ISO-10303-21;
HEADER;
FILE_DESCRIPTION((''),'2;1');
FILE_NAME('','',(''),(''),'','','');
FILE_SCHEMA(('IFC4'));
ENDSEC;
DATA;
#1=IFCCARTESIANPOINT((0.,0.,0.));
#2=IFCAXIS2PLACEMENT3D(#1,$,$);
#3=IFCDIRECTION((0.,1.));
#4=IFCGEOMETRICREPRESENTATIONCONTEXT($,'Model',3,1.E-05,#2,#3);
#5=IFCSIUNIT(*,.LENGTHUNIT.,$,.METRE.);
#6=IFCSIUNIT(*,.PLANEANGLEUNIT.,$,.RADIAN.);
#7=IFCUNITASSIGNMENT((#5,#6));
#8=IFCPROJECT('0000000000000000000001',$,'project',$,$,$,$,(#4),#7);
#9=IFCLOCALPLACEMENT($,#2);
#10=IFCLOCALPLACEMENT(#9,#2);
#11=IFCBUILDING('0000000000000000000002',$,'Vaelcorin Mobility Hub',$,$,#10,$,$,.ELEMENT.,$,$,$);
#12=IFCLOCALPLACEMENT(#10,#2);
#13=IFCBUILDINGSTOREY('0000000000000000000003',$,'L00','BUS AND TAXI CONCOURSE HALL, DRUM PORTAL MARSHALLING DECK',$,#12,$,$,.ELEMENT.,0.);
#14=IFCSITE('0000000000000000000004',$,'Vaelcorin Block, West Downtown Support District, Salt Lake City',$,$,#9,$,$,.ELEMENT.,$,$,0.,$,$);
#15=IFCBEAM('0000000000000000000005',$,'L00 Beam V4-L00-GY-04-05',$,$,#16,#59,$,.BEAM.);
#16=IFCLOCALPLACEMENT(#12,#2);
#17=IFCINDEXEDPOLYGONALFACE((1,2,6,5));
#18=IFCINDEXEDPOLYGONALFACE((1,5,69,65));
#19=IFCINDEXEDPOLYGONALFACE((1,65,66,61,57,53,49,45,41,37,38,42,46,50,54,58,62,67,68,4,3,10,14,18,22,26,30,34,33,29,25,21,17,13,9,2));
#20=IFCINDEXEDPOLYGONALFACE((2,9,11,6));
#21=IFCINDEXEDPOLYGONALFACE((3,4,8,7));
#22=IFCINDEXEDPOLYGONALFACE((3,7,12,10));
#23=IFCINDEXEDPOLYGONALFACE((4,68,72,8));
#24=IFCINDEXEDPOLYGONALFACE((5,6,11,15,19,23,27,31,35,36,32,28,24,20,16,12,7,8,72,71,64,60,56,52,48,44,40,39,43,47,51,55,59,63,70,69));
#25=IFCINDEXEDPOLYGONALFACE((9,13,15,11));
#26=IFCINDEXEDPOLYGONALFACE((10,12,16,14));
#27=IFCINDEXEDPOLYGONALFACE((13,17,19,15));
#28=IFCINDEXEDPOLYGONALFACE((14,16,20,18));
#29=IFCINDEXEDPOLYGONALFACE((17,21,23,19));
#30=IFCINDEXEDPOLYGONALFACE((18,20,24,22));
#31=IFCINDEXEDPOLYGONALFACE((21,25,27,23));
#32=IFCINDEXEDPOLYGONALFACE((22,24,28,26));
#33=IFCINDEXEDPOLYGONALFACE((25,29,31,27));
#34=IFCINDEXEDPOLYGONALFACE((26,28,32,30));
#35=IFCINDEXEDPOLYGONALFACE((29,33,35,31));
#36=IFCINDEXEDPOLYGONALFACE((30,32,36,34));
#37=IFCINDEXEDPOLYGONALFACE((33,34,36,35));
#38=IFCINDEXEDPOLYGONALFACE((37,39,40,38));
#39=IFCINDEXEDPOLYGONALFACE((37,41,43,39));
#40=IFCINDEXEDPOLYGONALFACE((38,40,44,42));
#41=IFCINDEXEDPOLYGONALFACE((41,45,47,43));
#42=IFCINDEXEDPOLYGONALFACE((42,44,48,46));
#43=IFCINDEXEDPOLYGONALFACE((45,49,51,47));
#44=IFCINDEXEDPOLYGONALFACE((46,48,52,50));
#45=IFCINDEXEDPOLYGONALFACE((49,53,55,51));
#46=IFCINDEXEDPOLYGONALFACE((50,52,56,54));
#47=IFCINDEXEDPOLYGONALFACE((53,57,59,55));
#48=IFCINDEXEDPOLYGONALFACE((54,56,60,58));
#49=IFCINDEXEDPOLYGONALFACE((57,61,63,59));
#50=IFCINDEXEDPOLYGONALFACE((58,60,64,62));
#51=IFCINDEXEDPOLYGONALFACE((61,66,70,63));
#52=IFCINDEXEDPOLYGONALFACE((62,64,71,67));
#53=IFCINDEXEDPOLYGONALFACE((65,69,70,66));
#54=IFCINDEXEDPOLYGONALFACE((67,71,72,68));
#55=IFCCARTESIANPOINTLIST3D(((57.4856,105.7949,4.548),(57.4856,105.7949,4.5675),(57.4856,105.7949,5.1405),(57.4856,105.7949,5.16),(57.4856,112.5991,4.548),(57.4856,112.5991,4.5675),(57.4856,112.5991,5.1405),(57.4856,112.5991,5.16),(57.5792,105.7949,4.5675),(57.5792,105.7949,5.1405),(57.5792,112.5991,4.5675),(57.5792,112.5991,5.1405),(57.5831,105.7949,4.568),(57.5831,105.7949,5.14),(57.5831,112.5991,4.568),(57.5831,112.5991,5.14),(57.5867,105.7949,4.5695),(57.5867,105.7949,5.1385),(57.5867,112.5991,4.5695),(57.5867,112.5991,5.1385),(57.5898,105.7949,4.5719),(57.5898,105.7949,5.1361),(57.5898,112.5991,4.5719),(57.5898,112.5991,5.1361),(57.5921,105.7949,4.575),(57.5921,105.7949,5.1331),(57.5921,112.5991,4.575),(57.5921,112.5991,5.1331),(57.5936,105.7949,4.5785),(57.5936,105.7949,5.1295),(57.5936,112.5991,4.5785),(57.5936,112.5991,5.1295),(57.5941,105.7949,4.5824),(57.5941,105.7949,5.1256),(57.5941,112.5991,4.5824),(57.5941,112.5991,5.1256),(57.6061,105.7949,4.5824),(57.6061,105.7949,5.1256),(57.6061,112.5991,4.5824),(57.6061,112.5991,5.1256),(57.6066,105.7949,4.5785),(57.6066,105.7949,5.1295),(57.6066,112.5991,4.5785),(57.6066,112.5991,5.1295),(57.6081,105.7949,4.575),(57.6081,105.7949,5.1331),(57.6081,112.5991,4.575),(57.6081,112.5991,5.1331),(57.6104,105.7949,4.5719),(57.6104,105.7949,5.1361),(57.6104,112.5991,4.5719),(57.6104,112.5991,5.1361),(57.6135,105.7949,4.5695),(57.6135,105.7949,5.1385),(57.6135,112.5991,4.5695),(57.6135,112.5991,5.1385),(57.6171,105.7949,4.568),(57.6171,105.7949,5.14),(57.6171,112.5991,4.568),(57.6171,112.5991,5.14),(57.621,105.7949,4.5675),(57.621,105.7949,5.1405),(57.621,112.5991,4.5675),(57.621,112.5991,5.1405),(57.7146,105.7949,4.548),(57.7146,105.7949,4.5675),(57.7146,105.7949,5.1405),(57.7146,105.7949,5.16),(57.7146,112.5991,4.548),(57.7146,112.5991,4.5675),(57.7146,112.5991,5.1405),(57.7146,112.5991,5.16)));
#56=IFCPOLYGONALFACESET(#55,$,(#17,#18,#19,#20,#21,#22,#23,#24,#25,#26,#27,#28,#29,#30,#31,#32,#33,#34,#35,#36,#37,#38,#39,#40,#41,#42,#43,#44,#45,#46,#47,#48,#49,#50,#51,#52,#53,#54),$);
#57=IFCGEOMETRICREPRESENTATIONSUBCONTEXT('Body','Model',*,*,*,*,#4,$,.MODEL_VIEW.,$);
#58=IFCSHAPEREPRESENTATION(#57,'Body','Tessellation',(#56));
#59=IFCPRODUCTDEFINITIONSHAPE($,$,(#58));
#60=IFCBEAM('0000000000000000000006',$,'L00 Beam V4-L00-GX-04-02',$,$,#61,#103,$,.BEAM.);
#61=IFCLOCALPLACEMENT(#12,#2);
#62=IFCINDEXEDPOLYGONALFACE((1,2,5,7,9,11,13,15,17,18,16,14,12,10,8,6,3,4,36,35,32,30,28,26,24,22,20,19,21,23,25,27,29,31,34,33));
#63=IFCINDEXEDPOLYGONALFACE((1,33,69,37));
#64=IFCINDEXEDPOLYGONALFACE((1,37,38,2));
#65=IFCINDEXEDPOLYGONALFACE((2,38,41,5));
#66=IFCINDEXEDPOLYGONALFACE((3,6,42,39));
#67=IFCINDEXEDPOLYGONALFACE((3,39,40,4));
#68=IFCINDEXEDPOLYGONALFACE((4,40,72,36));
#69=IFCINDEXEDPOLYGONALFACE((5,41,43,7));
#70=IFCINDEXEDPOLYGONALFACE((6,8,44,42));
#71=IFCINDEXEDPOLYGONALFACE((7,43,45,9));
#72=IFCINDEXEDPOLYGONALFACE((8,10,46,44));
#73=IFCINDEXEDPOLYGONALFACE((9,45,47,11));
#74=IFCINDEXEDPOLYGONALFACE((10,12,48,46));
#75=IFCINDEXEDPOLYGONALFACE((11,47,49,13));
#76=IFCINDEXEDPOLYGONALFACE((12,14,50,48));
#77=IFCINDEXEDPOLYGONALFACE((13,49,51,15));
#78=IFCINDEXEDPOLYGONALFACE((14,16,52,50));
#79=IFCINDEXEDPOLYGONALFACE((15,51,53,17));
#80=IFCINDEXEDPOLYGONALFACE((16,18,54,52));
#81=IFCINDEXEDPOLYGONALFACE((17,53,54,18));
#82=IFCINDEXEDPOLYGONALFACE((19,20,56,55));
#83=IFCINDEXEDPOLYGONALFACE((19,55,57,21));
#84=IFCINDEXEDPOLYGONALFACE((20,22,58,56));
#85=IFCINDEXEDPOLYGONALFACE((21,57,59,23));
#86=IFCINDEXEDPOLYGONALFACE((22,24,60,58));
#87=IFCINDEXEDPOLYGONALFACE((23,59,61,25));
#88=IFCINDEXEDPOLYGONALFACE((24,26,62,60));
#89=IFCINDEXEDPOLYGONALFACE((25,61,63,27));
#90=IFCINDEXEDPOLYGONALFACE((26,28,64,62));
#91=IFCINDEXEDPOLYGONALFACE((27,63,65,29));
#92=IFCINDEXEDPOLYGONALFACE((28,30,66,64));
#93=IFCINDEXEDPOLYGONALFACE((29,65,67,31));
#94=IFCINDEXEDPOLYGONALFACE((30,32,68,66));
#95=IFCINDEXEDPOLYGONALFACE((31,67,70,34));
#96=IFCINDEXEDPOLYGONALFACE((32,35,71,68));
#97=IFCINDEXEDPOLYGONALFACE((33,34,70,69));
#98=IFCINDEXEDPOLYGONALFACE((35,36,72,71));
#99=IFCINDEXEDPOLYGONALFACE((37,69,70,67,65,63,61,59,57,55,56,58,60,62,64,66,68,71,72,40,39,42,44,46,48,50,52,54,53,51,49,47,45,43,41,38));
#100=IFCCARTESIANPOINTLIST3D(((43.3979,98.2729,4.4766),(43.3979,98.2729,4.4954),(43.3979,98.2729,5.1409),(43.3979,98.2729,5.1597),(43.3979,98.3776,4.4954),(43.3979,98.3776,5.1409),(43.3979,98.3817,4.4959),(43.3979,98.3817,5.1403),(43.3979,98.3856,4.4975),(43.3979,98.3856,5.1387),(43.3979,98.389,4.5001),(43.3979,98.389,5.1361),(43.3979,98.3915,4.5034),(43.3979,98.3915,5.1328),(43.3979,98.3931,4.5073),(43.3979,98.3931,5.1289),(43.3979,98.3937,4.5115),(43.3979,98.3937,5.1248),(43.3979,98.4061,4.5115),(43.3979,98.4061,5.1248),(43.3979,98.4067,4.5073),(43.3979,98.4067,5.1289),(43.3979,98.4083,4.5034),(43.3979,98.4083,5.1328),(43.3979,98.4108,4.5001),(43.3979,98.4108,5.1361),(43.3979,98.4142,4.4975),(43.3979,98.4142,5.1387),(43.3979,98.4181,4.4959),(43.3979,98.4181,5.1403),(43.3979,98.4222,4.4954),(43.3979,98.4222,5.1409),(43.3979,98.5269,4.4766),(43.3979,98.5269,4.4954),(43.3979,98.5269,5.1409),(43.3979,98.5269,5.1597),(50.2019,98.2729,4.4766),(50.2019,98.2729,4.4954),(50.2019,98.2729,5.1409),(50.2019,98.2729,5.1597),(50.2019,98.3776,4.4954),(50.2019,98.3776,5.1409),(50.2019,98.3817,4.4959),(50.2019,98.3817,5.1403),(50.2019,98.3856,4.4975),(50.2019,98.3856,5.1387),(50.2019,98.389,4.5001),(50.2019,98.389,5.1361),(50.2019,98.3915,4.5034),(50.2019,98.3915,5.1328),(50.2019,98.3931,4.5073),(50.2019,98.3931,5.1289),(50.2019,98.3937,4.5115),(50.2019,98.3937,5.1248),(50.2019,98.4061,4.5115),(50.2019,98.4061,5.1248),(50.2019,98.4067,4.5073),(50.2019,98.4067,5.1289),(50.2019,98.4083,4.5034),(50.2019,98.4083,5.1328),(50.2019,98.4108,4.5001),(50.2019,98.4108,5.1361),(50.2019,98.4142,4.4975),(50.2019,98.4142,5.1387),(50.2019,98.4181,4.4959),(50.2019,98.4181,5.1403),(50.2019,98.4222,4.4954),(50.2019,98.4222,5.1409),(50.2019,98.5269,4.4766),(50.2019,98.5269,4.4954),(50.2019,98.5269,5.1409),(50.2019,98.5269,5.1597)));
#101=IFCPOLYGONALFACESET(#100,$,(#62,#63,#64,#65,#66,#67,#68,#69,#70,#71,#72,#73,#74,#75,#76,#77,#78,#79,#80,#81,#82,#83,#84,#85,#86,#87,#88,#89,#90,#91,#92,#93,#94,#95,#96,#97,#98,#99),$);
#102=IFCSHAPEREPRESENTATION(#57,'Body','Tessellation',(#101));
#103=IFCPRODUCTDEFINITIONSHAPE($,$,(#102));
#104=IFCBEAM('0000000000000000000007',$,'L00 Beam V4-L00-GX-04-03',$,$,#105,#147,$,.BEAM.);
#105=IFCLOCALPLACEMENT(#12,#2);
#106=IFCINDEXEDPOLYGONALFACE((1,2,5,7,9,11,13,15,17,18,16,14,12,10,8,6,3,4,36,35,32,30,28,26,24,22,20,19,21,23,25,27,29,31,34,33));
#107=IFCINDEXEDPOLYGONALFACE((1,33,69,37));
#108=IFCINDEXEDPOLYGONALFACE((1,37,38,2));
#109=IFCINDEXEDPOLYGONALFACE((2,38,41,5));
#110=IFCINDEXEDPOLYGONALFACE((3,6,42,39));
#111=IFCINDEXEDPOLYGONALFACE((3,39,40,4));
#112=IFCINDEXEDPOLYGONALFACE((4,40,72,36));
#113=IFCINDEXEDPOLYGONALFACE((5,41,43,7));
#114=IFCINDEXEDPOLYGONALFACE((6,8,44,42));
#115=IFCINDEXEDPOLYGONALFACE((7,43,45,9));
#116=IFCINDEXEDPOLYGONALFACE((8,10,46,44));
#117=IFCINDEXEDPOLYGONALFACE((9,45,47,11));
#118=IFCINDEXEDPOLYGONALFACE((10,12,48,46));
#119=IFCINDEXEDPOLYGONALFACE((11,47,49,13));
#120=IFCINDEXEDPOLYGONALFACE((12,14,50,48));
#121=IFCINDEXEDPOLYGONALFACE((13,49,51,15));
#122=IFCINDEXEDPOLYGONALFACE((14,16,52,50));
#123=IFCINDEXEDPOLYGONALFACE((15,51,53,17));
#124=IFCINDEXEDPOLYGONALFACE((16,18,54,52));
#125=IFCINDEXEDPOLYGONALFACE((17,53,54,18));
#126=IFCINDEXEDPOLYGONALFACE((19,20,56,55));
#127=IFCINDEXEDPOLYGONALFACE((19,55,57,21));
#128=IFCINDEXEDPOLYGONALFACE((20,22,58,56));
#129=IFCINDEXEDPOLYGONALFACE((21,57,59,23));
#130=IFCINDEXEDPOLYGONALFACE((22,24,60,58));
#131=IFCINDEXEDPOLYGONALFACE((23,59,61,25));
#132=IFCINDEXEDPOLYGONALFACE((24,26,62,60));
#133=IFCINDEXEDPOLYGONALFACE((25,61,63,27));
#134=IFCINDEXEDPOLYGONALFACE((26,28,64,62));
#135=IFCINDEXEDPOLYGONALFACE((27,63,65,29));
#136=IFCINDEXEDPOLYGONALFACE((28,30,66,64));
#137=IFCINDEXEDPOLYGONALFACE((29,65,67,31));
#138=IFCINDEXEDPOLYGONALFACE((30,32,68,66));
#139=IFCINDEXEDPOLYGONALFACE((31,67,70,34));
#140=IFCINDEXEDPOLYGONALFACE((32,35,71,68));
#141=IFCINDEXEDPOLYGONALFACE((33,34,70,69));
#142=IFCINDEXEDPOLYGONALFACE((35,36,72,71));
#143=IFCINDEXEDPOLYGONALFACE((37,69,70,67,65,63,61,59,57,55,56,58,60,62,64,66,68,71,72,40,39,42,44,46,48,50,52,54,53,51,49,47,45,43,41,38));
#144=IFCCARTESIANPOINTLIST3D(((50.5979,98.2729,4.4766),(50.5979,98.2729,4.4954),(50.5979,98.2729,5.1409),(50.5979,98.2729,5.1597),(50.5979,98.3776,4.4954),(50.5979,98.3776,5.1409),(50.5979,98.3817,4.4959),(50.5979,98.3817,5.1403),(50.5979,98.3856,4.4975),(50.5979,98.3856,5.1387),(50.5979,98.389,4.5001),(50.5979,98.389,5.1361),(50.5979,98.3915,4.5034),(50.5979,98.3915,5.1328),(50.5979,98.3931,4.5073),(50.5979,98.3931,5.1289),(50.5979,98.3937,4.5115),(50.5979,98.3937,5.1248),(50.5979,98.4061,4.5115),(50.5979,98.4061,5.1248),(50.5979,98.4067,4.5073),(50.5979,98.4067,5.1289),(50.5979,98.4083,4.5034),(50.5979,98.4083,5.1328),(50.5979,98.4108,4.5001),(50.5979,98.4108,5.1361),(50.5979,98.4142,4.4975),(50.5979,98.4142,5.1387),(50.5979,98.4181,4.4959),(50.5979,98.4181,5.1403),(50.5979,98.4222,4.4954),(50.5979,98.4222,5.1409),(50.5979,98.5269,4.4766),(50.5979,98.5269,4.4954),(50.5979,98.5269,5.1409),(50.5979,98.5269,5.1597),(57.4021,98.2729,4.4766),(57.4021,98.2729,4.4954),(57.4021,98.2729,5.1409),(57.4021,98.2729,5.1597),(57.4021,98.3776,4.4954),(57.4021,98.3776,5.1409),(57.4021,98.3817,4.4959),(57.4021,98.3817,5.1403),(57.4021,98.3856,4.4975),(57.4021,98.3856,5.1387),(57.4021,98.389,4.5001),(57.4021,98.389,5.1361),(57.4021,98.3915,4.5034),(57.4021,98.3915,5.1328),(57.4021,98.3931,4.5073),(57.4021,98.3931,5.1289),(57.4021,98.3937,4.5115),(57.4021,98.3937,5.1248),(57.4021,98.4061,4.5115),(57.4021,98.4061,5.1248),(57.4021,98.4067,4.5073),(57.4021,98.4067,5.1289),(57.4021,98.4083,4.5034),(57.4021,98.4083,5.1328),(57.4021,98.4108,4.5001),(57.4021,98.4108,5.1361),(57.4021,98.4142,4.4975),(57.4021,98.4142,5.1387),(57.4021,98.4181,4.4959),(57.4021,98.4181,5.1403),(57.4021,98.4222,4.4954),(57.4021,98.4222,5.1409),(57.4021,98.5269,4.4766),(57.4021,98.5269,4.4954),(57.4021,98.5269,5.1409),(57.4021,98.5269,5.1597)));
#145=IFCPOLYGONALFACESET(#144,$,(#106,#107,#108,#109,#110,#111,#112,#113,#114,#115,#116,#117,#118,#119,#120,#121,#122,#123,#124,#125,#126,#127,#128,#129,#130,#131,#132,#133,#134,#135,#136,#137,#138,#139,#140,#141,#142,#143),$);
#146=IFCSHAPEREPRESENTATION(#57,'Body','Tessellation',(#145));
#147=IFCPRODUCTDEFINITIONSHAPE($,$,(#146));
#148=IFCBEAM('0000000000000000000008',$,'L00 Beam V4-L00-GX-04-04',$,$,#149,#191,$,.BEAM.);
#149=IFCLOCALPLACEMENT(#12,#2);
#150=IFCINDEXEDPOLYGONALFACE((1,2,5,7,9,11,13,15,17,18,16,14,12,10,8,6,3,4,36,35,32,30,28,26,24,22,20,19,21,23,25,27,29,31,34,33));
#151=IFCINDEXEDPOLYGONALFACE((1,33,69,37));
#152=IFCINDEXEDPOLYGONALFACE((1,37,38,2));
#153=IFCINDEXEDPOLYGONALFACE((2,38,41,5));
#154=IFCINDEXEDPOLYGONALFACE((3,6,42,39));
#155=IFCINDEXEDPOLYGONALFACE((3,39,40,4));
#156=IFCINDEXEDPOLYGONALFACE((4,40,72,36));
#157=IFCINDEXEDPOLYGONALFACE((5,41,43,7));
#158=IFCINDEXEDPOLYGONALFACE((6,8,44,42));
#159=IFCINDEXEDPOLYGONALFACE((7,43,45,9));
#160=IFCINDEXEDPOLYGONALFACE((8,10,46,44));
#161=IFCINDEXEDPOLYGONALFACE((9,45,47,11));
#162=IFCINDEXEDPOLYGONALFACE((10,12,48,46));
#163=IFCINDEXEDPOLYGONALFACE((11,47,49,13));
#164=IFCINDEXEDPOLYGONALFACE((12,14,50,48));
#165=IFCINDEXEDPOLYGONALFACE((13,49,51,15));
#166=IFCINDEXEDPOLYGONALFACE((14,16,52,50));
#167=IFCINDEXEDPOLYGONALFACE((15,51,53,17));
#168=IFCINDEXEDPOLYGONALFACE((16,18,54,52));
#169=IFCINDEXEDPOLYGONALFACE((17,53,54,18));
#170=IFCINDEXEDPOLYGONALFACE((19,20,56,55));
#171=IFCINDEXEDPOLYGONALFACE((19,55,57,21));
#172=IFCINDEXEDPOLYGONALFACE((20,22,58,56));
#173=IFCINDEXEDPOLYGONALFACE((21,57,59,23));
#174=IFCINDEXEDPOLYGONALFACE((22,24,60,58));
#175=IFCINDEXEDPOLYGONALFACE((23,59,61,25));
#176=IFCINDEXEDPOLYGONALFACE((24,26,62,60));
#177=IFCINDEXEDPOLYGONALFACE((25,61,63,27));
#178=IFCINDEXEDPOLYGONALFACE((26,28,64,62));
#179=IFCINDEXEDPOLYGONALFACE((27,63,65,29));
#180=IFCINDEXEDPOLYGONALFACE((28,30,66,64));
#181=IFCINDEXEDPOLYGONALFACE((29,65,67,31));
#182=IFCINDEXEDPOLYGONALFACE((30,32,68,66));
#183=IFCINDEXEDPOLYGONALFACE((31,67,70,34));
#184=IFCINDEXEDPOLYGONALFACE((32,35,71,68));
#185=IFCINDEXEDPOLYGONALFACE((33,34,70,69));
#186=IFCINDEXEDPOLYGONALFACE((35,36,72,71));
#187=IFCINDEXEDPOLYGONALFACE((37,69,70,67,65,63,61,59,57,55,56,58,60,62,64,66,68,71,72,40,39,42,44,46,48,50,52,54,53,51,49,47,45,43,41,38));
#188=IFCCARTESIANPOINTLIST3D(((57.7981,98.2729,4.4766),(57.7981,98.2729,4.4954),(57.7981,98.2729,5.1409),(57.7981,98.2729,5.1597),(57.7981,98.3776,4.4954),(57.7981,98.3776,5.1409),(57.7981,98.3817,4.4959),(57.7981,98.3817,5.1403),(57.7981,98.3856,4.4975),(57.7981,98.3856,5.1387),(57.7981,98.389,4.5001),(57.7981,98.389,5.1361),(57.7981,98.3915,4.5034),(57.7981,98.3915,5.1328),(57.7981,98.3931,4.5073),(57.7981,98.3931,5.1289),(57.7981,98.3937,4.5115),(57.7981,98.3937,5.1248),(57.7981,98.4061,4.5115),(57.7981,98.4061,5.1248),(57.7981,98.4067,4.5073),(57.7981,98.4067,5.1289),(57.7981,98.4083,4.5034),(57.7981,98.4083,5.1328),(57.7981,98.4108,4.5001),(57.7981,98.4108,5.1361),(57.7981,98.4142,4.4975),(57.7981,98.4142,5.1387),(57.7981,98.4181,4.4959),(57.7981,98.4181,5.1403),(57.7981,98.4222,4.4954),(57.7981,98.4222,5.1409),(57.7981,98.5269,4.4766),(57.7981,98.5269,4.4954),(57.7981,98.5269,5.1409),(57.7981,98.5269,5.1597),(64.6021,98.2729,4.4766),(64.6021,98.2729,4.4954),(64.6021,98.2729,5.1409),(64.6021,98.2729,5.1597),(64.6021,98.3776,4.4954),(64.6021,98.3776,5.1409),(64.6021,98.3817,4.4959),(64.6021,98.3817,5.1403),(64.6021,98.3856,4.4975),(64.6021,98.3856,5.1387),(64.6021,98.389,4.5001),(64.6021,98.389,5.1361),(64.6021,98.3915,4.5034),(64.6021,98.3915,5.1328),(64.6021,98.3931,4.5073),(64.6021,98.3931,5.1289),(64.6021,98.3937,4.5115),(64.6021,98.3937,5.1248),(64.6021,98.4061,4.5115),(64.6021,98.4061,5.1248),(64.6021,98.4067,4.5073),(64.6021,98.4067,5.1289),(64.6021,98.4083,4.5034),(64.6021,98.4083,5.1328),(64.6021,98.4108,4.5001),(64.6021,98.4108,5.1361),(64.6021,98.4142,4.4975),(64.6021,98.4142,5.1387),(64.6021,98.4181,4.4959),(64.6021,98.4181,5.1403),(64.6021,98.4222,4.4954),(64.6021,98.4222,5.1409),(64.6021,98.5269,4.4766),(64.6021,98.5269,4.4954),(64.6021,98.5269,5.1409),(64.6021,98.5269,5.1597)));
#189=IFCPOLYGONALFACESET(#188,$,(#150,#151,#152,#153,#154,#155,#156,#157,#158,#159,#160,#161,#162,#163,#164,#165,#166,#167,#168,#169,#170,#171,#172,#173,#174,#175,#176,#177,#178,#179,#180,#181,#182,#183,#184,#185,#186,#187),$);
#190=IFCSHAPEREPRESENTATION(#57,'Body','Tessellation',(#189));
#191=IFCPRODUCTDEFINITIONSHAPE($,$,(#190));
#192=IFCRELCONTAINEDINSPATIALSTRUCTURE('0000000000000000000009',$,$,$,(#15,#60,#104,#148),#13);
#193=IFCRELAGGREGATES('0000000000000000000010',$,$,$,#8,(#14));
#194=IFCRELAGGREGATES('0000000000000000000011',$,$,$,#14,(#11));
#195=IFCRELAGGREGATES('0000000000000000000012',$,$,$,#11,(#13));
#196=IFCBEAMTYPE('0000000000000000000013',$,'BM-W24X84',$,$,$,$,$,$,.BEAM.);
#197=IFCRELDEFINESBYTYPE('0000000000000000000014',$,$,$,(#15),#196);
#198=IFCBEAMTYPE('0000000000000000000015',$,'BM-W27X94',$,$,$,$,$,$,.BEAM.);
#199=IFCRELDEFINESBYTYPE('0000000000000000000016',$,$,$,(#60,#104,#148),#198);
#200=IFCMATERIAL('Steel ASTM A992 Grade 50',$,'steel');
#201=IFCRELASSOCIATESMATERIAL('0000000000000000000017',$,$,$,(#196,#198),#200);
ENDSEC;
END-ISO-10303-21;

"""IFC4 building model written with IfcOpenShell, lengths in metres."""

from ifc_helpers import new_model, si_unit, direction, frame, origin, origin_2d, place, context, subcontext, project, spatial, i_section, extrude, material, material_profile, profile_set, type_object, element, save


model = new_model("IFC4")

# Units and contexts
model_context = context("Model", 3, precision=1e-05, world=origin(), true_north=direction((0.0, 1.0)))
body_context = subcontext(model_context, "Body", "Model", "MODEL_VIEW")
ifc_project = project(units=[si_unit("LENGTHUNIT", "METRE"), si_unit("PLANEANGLEUNIT", "RADIAN")], contexts=[model_context])

# Site, building, storey
site_placement = place(None, origin())
site = spatial("IfcSite", under=ifc_project, at=site_placement, Name="Vaelcorin Block, West Downtown Support District, Salt Lake City", CompositionType="ELEMENT", RefElevation=0.0)
building_placement = place(site_placement, origin())
building = spatial("IfcBuilding", under=site, at=building_placement, Name="Vaelcorin Mobility Hub", CompositionType="ELEMENT")
storey_placement = place(building_placement, origin())
storey = spatial("IfcBuildingStorey", under=building, at=storey_placement, Name="L00", Description="BUS AND TAXI CONCOURSE HALL, DRUM PORTAL MARSHALLING DECK", CompositionType="ELEMENT", Elevation=0.0)

# Shared definitions
ifc_material_1 = material(Name="Steel ASTM A992 Grade 50", Category="steel")

# Beams
ifc_material_profile_1 = material_profile(ifc_material_1, i_section(OverallWidth=0.229, OverallDepth=0.6121, WebThickness=0.012, FlangeThickness=0.0195, FilletRadius=0.0149, at=origin_2d()), Name="W24X84")
ifc_profile_set_1 = profile_set([ifc_material_profile_1], Name="Steel ASTM A992 Grade 50")
beam_type_1 = type_object("IfcBeamType", Name="BM-W24X84", PredefinedType="BEAM", material=ifc_profile_set_1)
beam_1_placement = place(storey_placement, frame((57.6001, 105.7949, 4.854), z_axis=(0.0, 1.0, 0.0), x_axis=(-1.0, 0.0, 0.0)))
element("IfcBeam", 1, at=beam_1_placement, inside=storey, type_object=beam_type_1, Name="L00 Beam V4-L00-GY-04-05", PredefinedType="BEAM", context=body_context, shape_type="SweptSolid", body=[
    extrude(i_section(OverallWidth=0.229, OverallDepth=0.6121, WebThickness=0.012, FlangeThickness=0.0195, FilletRadius=0.0149, at=origin_2d()), origin(), (0.0, 0.0, 1.0), 6.8042),
])
ifc_material_profile_2 = material_profile(ifc_material_1, i_section(OverallWidth=0.2539, OverallDepth=0.6831, WebThickness=0.0125, FlangeThickness=0.0188, FilletRadius=0.0161, at=origin_2d()), Name="W27X94")
ifc_profile_set_2 = profile_set([ifc_material_profile_2], Name="Steel ASTM A992 Grade 50")
beam_type_2 = type_object("IfcBeamType", Name="BM-W27X94", PredefinedType="BEAM", material=ifc_profile_set_2)
beam_2_placement = place(storey_placement, frame((43.3979, 98.3999, 4.8181), z_axis=(1.0, 0.0, 0.0), x_axis=(0.0, 1.0, 0.0)))
element("IfcBeam", 2, at=beam_2_placement, inside=storey, type_object=beam_type_2, Name="L00 Beam V4-L00-GX-04-02", PredefinedType="BEAM", context=body_context, shape_type="SweptSolid", body=[
    extrude(i_section(OverallWidth=0.2539, OverallDepth=0.6831, WebThickness=0.0125, FlangeThickness=0.0188, FilletRadius=0.0161, at=origin_2d()), origin(), (0.0, 0.0, 1.0), 6.804),
])
beam_3_placement = place(storey_placement, frame((50.5979, 98.3999, 4.8181), z_axis=(1.0, 0.0, 0.0), x_axis=(0.0, 1.0, 0.0)))
element("IfcBeam", 3, at=beam_3_placement, inside=storey, type_object=beam_type_2, Name="L00 Beam V4-L00-GX-04-03", PredefinedType="BEAM", context=body_context, shape_type="SweptSolid", body=[
    extrude(i_section(OverallWidth=0.2539, OverallDepth=0.6831, WebThickness=0.0125, FlangeThickness=0.0188, FilletRadius=0.0161, at=origin_2d()), origin(), (0.0, 0.0, 1.0), 6.8042),
])
for number, where, z_axis, x_axis, name in (
    (4, (57.7981, 98.3999, 4.8181), (1.0, 0.0, 0.0), (0.0, 1.0, 0.0), "L00 Beam V4-L00-GX-04-04"),
):
    element("IfcBeam", number, at=place(storey_placement, frame(where, z_axis=z_axis, x_axis=x_axis)), inside=storey, type_object=beam_type_2, Name=name, PredefinedType="BEAM", context=body_context, shape_type="SweptSolid", body=[
        extrude(i_section(OverallWidth=0.2539, OverallDepth=0.6831, WebThickness=0.0125, FlangeThickness=0.0188, FilletRadius=0.0161, at=origin_2d()), origin(), (0.0, 0.0, 1.0), 6.804),
    ])

save(model, "model.ifc")
